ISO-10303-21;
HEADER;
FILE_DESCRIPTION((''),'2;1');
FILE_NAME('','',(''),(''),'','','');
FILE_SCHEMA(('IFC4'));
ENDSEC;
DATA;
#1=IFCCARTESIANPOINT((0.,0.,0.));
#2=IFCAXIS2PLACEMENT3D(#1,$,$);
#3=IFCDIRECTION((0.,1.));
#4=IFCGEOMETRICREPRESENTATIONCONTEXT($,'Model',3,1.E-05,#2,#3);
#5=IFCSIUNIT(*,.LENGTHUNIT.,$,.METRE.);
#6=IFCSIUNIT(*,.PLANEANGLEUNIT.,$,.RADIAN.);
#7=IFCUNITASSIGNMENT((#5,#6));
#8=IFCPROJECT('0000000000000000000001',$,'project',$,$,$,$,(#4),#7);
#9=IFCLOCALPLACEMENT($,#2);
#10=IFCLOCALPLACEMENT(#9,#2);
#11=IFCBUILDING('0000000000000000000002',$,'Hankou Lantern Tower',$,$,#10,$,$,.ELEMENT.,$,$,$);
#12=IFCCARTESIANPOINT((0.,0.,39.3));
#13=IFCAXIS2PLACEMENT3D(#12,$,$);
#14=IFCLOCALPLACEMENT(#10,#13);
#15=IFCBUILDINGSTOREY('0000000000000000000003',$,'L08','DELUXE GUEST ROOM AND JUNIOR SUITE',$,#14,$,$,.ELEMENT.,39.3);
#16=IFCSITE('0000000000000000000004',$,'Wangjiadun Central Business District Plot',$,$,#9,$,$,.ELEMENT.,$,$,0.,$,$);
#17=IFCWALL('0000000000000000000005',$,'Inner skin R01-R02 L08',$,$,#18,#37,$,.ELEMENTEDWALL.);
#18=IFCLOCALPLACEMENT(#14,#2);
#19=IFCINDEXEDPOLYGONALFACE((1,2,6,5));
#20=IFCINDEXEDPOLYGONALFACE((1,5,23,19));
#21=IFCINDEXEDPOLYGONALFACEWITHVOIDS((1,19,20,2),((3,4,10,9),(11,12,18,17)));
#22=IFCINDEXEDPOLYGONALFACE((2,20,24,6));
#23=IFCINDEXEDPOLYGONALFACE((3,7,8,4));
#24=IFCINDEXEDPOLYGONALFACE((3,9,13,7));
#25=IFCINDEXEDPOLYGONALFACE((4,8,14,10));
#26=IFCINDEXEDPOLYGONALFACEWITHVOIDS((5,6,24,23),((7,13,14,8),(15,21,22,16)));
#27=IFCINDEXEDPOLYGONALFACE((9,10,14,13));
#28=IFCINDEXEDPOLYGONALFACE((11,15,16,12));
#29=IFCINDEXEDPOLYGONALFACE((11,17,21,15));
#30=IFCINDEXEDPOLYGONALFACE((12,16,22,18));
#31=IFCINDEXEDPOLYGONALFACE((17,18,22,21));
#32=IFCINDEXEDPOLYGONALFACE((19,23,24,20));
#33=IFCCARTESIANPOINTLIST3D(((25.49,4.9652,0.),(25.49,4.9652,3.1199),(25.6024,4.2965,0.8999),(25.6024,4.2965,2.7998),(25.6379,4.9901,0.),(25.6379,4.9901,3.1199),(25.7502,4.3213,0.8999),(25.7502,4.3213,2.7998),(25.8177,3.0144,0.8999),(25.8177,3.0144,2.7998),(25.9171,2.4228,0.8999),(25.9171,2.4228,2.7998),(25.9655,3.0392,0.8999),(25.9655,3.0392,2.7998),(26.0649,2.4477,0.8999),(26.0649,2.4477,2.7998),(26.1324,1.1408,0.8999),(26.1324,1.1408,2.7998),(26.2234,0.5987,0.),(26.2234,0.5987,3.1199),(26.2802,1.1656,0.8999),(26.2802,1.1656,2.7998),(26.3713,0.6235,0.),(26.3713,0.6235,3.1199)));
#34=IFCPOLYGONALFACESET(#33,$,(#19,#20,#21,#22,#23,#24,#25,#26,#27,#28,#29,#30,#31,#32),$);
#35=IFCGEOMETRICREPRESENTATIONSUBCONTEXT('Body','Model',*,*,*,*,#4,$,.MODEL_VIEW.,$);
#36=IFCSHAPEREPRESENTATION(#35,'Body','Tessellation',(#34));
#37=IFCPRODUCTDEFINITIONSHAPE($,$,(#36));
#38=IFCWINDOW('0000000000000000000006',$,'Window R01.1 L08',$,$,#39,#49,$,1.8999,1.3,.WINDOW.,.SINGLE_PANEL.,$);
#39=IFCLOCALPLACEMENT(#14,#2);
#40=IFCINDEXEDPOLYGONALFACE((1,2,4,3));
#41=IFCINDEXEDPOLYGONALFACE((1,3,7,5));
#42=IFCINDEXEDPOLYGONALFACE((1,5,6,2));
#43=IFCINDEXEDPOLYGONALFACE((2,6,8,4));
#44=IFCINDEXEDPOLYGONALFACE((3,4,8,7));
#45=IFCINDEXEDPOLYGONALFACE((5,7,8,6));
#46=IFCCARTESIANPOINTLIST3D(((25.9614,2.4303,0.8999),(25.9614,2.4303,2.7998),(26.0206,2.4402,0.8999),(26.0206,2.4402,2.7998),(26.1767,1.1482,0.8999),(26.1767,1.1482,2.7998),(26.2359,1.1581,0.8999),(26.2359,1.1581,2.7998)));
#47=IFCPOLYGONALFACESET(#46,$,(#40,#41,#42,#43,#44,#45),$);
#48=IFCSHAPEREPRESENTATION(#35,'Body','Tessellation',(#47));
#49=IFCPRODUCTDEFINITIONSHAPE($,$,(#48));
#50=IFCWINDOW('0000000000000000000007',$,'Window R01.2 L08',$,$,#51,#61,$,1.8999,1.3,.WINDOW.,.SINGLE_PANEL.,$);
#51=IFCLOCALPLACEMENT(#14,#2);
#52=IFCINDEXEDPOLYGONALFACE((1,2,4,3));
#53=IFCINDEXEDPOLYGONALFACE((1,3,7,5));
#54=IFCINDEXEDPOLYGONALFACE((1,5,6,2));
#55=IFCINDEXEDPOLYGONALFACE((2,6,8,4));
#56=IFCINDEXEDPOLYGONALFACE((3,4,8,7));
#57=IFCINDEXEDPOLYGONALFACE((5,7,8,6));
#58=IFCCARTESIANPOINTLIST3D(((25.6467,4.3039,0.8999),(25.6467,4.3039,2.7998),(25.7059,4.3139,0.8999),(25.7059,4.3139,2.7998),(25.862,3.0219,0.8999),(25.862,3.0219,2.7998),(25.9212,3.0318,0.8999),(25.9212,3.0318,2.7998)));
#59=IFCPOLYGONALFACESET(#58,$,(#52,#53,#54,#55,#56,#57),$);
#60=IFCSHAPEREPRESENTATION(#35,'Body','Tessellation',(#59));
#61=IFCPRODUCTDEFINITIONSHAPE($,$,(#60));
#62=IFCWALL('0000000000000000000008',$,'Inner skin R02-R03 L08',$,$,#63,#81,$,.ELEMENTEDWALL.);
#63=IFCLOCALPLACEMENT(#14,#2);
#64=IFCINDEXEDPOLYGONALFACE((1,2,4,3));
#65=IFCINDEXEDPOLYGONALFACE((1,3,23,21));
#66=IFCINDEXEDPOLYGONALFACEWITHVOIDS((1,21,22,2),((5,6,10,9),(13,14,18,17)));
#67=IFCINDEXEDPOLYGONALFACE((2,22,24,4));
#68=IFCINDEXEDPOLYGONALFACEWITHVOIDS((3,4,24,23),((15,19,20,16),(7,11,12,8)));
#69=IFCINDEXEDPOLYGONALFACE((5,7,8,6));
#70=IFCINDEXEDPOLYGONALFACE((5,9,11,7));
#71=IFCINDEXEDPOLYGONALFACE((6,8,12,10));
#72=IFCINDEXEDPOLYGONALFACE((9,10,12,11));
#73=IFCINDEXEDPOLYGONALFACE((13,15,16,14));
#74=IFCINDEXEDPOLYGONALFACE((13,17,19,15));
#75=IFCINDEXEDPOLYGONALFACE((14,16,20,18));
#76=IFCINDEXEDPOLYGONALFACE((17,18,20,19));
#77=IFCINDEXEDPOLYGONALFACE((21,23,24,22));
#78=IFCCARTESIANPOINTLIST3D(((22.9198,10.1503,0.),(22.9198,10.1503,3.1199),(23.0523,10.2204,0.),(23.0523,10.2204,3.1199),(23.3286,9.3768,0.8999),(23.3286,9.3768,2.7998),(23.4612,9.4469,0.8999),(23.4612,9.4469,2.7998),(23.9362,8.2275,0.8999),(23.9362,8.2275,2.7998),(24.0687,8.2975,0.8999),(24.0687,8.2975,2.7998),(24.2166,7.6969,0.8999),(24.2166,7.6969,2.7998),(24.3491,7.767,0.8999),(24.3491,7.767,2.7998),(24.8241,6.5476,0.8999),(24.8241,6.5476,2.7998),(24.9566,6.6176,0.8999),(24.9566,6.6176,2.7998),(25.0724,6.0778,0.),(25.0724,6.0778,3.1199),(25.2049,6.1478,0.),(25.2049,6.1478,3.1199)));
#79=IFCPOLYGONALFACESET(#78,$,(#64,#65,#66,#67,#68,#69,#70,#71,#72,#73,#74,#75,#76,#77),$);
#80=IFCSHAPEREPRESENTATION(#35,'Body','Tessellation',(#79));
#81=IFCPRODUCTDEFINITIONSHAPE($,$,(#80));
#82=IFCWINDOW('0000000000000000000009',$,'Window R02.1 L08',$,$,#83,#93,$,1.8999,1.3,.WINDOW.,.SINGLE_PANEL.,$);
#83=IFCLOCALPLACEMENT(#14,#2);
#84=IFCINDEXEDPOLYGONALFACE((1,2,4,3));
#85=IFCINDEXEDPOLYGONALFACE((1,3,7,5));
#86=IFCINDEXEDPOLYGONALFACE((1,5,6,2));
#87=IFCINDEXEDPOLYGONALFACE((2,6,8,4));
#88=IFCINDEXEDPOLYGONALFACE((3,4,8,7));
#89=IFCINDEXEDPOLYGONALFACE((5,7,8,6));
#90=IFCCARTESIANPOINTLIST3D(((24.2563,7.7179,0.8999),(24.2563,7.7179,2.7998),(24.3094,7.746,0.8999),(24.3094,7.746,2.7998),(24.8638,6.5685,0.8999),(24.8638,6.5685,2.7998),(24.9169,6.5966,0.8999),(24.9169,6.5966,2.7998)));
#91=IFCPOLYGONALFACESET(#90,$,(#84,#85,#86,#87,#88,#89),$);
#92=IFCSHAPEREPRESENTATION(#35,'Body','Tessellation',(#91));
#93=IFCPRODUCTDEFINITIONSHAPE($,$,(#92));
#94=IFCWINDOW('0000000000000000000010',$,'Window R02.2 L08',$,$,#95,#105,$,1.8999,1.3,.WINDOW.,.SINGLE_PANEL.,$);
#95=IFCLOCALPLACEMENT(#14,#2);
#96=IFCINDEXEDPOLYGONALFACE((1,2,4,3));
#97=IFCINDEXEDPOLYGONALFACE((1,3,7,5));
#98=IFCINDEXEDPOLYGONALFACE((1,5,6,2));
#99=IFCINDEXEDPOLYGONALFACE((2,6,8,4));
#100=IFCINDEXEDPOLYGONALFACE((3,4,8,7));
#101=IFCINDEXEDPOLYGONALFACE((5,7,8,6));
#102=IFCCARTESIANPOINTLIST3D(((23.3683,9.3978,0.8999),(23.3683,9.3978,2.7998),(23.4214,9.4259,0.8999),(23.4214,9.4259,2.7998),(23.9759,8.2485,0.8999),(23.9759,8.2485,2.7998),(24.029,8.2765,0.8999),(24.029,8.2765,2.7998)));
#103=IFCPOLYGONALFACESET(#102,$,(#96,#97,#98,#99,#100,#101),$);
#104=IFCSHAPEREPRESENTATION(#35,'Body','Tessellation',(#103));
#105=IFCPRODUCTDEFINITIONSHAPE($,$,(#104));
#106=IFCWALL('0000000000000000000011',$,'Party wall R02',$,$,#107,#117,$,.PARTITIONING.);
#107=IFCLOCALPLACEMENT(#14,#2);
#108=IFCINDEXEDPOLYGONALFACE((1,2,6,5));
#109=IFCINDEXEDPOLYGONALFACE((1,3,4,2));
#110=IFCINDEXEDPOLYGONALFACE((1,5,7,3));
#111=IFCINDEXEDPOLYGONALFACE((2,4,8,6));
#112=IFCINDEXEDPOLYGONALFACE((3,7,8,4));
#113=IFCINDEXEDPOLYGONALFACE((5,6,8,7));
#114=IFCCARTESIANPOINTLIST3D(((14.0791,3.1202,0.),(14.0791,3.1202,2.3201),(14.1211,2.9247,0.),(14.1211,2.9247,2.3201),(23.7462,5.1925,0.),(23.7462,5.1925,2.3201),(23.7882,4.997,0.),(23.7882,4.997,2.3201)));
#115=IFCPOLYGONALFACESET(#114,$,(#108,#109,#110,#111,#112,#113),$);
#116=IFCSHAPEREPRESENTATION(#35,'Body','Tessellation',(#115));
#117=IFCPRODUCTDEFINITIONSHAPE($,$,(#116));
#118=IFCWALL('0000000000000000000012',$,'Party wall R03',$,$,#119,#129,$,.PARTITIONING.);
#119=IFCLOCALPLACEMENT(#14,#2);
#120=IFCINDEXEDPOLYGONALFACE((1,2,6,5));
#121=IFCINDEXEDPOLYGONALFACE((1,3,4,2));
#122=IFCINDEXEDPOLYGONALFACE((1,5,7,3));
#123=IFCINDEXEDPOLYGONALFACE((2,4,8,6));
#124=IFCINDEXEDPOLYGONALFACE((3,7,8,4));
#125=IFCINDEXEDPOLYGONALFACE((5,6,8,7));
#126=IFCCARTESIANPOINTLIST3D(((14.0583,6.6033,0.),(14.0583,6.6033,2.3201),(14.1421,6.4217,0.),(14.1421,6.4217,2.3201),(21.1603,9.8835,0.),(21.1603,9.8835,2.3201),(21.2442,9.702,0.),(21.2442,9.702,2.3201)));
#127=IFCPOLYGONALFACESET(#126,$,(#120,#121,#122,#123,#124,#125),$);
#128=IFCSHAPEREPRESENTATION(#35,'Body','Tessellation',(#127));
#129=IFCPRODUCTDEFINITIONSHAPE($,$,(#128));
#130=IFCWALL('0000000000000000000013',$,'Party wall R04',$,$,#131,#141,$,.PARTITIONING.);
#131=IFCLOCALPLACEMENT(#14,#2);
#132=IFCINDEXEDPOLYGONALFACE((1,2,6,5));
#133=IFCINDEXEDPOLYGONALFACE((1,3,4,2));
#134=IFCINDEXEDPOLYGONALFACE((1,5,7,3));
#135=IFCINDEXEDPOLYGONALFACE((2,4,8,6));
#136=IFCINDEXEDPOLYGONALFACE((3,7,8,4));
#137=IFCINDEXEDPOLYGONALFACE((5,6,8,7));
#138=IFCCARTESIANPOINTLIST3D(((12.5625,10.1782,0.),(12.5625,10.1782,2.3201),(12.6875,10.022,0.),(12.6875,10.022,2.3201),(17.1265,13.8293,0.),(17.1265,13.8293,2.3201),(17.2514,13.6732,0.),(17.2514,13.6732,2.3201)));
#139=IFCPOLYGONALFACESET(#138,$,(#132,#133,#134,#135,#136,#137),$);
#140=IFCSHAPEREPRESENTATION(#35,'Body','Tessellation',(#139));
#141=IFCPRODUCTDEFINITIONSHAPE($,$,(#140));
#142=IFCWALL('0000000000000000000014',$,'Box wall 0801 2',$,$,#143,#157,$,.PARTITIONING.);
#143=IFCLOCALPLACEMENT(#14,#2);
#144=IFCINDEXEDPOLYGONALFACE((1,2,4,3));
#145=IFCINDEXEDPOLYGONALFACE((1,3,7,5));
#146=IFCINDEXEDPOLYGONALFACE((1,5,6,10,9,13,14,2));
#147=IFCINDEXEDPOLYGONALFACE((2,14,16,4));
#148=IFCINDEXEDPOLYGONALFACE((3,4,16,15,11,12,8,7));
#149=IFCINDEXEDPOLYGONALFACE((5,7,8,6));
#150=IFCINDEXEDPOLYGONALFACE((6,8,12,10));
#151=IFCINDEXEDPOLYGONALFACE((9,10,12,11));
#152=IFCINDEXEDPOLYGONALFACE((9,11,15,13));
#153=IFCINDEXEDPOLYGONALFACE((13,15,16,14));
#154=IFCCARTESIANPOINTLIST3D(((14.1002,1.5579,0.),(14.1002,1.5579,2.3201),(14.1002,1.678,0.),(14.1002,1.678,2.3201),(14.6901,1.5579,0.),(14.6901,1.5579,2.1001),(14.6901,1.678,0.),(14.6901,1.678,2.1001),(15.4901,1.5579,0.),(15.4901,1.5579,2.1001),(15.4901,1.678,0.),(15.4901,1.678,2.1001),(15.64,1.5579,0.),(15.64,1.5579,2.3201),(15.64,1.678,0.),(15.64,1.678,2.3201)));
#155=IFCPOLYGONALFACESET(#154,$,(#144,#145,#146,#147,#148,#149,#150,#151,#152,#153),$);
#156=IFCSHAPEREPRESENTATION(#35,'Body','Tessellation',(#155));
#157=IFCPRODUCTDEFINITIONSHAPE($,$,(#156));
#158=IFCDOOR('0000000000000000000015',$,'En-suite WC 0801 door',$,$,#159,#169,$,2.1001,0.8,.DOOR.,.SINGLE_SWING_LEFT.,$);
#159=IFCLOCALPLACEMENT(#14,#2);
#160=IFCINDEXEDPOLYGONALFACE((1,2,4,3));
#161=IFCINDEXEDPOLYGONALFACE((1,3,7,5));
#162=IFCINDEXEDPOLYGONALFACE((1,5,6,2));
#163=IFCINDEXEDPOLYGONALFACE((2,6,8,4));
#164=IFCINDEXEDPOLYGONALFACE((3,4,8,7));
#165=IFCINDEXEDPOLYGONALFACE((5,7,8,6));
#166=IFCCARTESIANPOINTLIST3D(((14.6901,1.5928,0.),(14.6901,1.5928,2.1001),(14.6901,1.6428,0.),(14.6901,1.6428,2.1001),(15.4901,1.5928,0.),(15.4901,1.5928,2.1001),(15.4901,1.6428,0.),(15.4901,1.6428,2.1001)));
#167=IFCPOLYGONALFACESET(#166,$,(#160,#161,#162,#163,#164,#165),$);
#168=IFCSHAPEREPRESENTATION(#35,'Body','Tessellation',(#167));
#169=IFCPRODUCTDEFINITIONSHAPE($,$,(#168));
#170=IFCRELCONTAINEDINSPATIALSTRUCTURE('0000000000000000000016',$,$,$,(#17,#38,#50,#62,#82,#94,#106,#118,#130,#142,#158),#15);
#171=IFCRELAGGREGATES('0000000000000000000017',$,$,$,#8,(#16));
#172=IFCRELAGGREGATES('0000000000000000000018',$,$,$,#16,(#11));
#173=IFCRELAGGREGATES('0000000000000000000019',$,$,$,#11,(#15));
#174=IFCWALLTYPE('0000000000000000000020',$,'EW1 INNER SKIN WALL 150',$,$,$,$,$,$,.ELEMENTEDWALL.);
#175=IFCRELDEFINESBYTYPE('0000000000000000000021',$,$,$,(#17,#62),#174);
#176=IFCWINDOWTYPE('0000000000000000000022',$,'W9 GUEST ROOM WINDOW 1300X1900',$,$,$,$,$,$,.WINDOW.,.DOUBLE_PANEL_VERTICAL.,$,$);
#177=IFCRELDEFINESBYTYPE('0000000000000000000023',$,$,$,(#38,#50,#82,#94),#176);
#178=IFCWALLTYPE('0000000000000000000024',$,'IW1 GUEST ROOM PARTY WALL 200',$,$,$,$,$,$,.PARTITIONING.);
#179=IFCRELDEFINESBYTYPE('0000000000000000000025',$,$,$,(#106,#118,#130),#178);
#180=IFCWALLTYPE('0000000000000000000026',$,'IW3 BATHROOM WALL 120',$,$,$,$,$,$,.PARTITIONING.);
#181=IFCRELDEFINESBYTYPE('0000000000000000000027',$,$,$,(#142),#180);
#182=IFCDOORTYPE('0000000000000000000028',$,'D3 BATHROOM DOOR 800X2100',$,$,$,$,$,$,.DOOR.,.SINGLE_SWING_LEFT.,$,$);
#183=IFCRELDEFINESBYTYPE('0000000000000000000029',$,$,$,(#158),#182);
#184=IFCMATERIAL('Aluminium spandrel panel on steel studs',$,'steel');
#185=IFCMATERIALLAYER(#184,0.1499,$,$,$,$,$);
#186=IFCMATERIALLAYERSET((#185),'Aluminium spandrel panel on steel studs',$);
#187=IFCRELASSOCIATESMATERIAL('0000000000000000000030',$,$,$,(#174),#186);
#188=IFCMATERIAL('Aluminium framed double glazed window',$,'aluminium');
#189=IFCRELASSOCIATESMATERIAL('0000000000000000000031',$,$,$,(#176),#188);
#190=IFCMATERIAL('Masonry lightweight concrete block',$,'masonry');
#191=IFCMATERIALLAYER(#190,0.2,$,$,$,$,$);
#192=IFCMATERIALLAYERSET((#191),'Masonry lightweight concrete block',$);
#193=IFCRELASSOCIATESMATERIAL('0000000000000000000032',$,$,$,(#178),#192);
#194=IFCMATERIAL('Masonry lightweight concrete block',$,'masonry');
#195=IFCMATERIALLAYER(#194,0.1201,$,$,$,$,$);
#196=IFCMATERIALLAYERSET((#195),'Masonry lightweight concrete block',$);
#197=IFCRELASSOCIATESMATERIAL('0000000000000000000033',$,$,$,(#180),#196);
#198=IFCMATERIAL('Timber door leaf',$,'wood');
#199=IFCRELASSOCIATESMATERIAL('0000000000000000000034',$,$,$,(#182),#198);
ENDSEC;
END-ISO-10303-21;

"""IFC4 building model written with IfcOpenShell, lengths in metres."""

from ifc_helpers import new_model, si_unit, direction, frame, frame_2d, origin, place, context, subcontext, project, spatial, rectangle, extrude, material, layer, layer_set, type_object, element, fill, save


model = new_model("IFC4")

# Units and contexts
model_context = context("Model", 3, precision=1e-05, world=origin(), true_north=direction((0.0, 1.0)))
body_context = subcontext(model_context, "Body", "Model", "MODEL_VIEW")
ifc_project = project(units=[si_unit("LENGTHUNIT", "METRE"), si_unit("PLANEANGLEUNIT", "RADIAN")], contexts=[model_context])

# Site, building, storey
site_placement = place(None, origin())
site = spatial("IfcSite", under=ifc_project, at=site_placement, Name="Wangjiadun Central Business District Plot", CompositionType="ELEMENT", RefElevation=0.0)
building_placement = place(site_placement, origin())
building = spatial("IfcBuilding", under=site, at=building_placement, Name="Hankou Lantern Tower", CompositionType="ELEMENT")
storey_placement = place(building_placement, frame((0.0, 0.0, 39.3)))
storey = spatial("IfcBuildingStorey", under=building, at=storey_placement, Name="L08", Description="DELUXE GUEST ROOM AND JUNIOR SUITE", CompositionType="ELEMENT", Elevation=39.3)

# Walls, openings, windows
ifc_material_1 = material(Name="Aluminium spandrel panel on steel studs", Category="steel")
ifc_layer_1 = layer(ifc_material_1, 0.1499)
ifc_layer_set_1 = layer_set([ifc_layer_1], Name="Aluminium spandrel panel on steel studs")
wall_type_1 = type_object("IfcWallType", Name="EW1 INNER SKIN WALL 150", PredefinedType="ELEMENTEDWALL", material=ifc_layer_set_1)
wall_1_placement = place(storey_placement, frame((26.2974, 0.6111, 0.0), z_axis=(0.0, 0.0, 1.0), x_axis=(-0.165642, 0.986186, 0.0)))
wall_1 = element("IfcWall", 1, at=wall_1_placement, inside=storey, type_object=wall_type_1, Name="Inner skin R01-R02 L08", PredefinedType="ELEMENTEDWALL", context=body_context, shape_type="SweptSolid", body=[
    extrude(rectangle(XDim=4.4277, YDim=0.1499, at=frame_2d((2.2139, 0.0))), origin(), (0.0, 0.0, 1.0), 3.1199),
])
opening_1_placement = place(wall_1_placement, frame((0.5498, 0.0, 0.8999)))
opening_1 = element("IfcOpeningElement", 2, at=opening_1_placement, cuts=wall_1, PredefinedType="OPENING", context=body_context, shape_type="SweptSolid", body=[
    extrude(rectangle(XDim=1.3, YDim=1.8999, at=frame_2d((0.6499, 0.95))), frame((0.0, 0.085, 0.0), z_axis=(0.0, -1.0, 0.0), x_axis=(1.0, 0.0, 0.0)), (0.0, 0.0, 1.0), 0.1699),
])
opening_2_placement = place(wall_1_placement, frame((2.4497, 0.0, 0.8999)))
opening_2 = element("IfcOpeningElement", 3, at=opening_2_placement, cuts=wall_1, PredefinedType="OPENING", context=body_context, shape_type="SweptSolid", body=[
    extrude(rectangle(XDim=1.3, YDim=1.8999, at=frame_2d((0.6499, 0.95))), frame((0.0, 0.085, 0.0), z_axis=(0.0, -1.0, 0.0), x_axis=(1.0, 0.0, 0.0)), (0.0, 0.0, 1.0), 0.1699),
])
ifc_material_2 = material(Name="Aluminium framed double glazed window", Category="aluminium")
window_type = type_object("IfcWindowType", Name="W9 GUEST ROOM WINDOW 1300X1900", PartitioningType="DOUBLE_PANEL_VERTICAL", PredefinedType="WINDOW", material=ifc_material_2)
window_1_placement = place(opening_1_placement, origin())
window_1 = element("IfcWindow", 4, at=window_1_placement, inside=storey, type_object=window_type, Name="Window R01.1 L08", OverallHeight=1.8999, OverallWidth=1.3, PartitioningType="SINGLE_PANEL", PredefinedType="WINDOW", context=body_context, shape_type="SweptSolid", body=[
    extrude(rectangle(XDim=1.3, YDim=1.8999, at=frame_2d((0.6499, 0.95))), frame((0.0, 0.03, 0.0), z_axis=(0.0, -1.0, 0.0), x_axis=(1.0, 0.0, 0.0)), (0.0, 0.0, 1.0), 0.0601),
])
fill(opening_1, window_1)
window_2_placement = place(opening_2_placement, origin())
window_2 = element("IfcWindow", 5, at=window_2_placement, inside=storey, type_object=window_type, Name="Window R01.2 L08", OverallHeight=1.8999, OverallWidth=1.3, PartitioningType="SINGLE_PANEL", PredefinedType="WINDOW", context=body_context, shape_type="SweptSolid", body=[
    extrude(rectangle(XDim=1.3, YDim=1.8999, at=frame_2d((0.6499, 0.95))), frame((0.0, 0.03, 0.0), z_axis=(0.0, -1.0, 0.0), x_axis=(1.0, 0.0, 0.0)), (0.0, 0.0, 1.0), 0.0601),
])
fill(opening_2, window_2)
wall_2_placement = place(storey_placement, frame((25.1387, 6.1128, 0.0), z_axis=(0.0, 0.0, 1.0), x_axis=(-0.467303, 0.884097, 0.0)))
wall_2 = element("IfcWall", 6, at=wall_2_placement, inside=storey, type_object=wall_type_1, Name="Inner skin R02-R03 L08", PredefinedType="ELEMENTEDWALL", context=body_context, shape_type="SweptSolid", body=[
    extrude(rectangle(XDim=4.6064, YDim=0.1499, at=frame_2d((2.3032, 0.0))), origin(), (0.0, 0.0, 1.0), 3.1199),
])
opening_3_placement = place(wall_2_placement, frame((0.5315, 0.0, 0.8999)))
opening_3 = element("IfcOpeningElement", 7, at=opening_3_placement, cuts=wall_2, PredefinedType="OPENING", context=body_context, shape_type="SweptSolid", body=[
    extrude(rectangle(XDim=1.3, YDim=1.8999, at=frame_2d((0.6499, 0.95))), frame((0.0, 0.085, 0.0), z_axis=(0.0, -1.0, 0.0), x_axis=(1.0, 0.0, 0.0)), (0.0, 0.0, 1.0), 0.1699),
])
opening_4_placement = place(wall_2_placement, frame((2.4316, 0.0, 0.8999)))
opening_4 = element("IfcOpeningElement", 8, at=opening_4_placement, cuts=wall_2, PredefinedType="OPENING", context=body_context, shape_type="SweptSolid", body=[
    extrude(rectangle(XDim=1.3, YDim=1.8999, at=frame_2d((0.6499, 0.95))), frame((0.0, 0.085, 0.0), z_axis=(0.0, -1.0, 0.0), x_axis=(1.0, 0.0, 0.0)), (0.0, 0.0, 1.0), 0.1699),
])
window_3_placement = place(opening_3_placement, origin())
window_3 = element("IfcWindow", 9, at=window_3_placement, inside=storey, type_object=window_type, Name="Window R02.1 L08", OverallHeight=1.8999, OverallWidth=1.3, PartitioningType="SINGLE_PANEL", PredefinedType="WINDOW", context=body_context, shape_type="SweptSolid", body=[
    extrude(rectangle(XDim=1.3, YDim=1.8999, at=frame_2d((0.6499, 0.95))), frame((0.0, 0.03, 0.0), z_axis=(0.0, -1.0, 0.0), x_axis=(1.0, 0.0, 0.0)), (0.0, 0.0, 1.0), 0.0601),
])
fill(opening_3, window_3)
window_4_placement = place(opening_4_placement, origin())
window_4 = element("IfcWindow", 10, at=window_4_placement, inside=storey, type_object=window_type, Name="Window R02.2 L08", OverallHeight=1.8999, OverallWidth=1.3, PartitioningType="SINGLE_PANEL", PredefinedType="WINDOW", context=body_context, shape_type="SweptSolid", body=[
    extrude(rectangle(XDim=1.3, YDim=1.8999, at=frame_2d((0.6499, 0.95))), frame((0.0, 0.03, 0.0), z_axis=(0.0, -1.0, 0.0), x_axis=(1.0, 0.0, 0.0)), (0.0, 0.0, 1.0), 0.0601),
])
fill(opening_4, window_4)

# Walls
ifc_material_3 = material(Name="Masonry lightweight concrete block", Category="masonry")
ifc_layer_2 = layer(ifc_material_3, 0.2)
ifc_layer_set_2 = layer_set([ifc_layer_2], Name="Masonry lightweight concrete block")
wall_type_2 = type_object("IfcWallType", Name="IW1 GUEST ROOM PARTY WALL 200", PredefinedType="PARTITIONING", material=ifc_layer_set_2)
wall_3_placement = place(storey_placement, frame((14.1001, 3.0225, 0.0), z_axis=(0.0, 0.0, 1.0), x_axis=(0.977787, 0.209603, 0.0)))
element("IfcWall", 11, at=wall_3_placement, inside=storey, type_object=wall_type_2, Name="Party wall R02", PredefinedType="PARTITIONING", context=body_context, shape_type="SweptSolid", body=[
    extrude(rectangle(XDim=9.8867, YDim=0.2, at=frame_2d((4.9434, 0.0))), origin(), (0.0, 0.0, 1.0), 2.3201),
])
wall_4_placement = place(storey_placement, frame((14.1001, 6.5125, 0.0), z_axis=(0.0, 0.0, 1.0), x_axis=(0.907842, 0.419311, 0.0)))
element("IfcWall", 12, at=wall_4_placement, inside=storey, type_object=wall_type_2, Name="Party wall R03", PredefinedType="PARTITIONING", context=body_context, shape_type="SweptSolid", body=[
    extrude(rectangle(XDim=7.823, YDim=0.2, at=frame_2d((3.9116, 0.0))), origin(), (0.0, 0.0, 1.0), 2.3201),
])
wall_5_placement = place(storey_placement, frame((12.625, 10.1001, 0.0), z_axis=(0.0, 0.0, 1.0), x_axis=(0.780873, 0.62469, 0.0)))
element("IfcWall", 13, at=wall_5_placement, inside=storey, type_object=wall_type_2, Name="Party wall R04", PredefinedType="PARTITIONING", context=body_context, shape_type="SweptSolid", body=[
    extrude(rectangle(XDim=5.8447, YDim=0.2, at=frame_2d((2.9224, 0.0))), origin(), (0.0, 0.0, 1.0), 2.3201),
])

# Wall, opening, door
ifc_material_4 = material(Name="Masonry lightweight concrete block", Category="masonry")
ifc_layer_3 = layer(ifc_material_4, 0.1201)
ifc_layer_set_3 = layer_set([ifc_layer_3], Name="Masonry lightweight concrete block")
wall_type_3 = type_object("IfcWallType", Name="IW3 BATHROOM WALL 120", PredefinedType="PARTITIONING", material=ifc_layer_set_3)
wall_6_placement = place(storey_placement, frame((14.1001, 1.6179, 0.0), z_axis=(0.0, 0.0, 1.0), x_axis=(1.0, 0.0, 0.0)))
wall_6 = element("IfcWall", 14, at=wall_6_placement, inside=storey, type_object=wall_type_3, Name="Box wall 0801 2", PredefinedType="PARTITIONING", context=body_context, shape_type="SweptSolid", body=[
    extrude(rectangle(XDim=1.5398, YDim=0.1201, at=frame_2d((0.77, 0.0))), origin(), (0.0, 0.0, 1.0), 2.3201),
])
opening_5_placement = place(wall_6_placement, frame((0.5901, 0.0, 0.0)))
opening_5 = element("IfcOpeningElement", 15, at=opening_5_placement, cuts=wall_6, PredefinedType="OPENING", context=body_context, shape_type="SweptSolid", body=[
    extrude(rectangle(XDim=0.8, YDim=2.1001, at=frame_2d((0.3999, 1.05))), frame((0.0, 0.0701, 0.0), z_axis=(0.0, -1.0, 0.0), x_axis=(1.0, 0.0, 0.0)), (0.0, 0.0, 1.0), 0.1401),
])
ifc_material_5 = material(Name="Timber door leaf", Category="wood")
door_type = type_object("IfcDoorType", Name="D3 BATHROOM DOOR 800X2100", OperationType="SINGLE_SWING_LEFT", PredefinedType="DOOR", material=ifc_material_5)
door_1_placement = place(opening_5_placement, origin())
door_1 = element("IfcDoor", 16, at=door_1_placement, inside=storey, type_object=door_type, Name="En-suite WC 0801 door", OperationType="SINGLE_SWING_LEFT", OverallHeight=2.1001, OverallWidth=0.8, PredefinedType="DOOR", context=body_context, shape_type="SweptSolid", body=[
    extrude(rectangle(XDim=0.8, YDim=2.1001, at=frame_2d((0.3999, 1.05))), frame((0.0, 0.0249, 0.0), z_axis=(0.0, -1.0, 0.0), x_axis=(1.0, 0.0, 0.0)), (0.0, 0.0, 1.0), 0.05),
])
fill(opening_5, door_1)

save(model, "model.ifc")
